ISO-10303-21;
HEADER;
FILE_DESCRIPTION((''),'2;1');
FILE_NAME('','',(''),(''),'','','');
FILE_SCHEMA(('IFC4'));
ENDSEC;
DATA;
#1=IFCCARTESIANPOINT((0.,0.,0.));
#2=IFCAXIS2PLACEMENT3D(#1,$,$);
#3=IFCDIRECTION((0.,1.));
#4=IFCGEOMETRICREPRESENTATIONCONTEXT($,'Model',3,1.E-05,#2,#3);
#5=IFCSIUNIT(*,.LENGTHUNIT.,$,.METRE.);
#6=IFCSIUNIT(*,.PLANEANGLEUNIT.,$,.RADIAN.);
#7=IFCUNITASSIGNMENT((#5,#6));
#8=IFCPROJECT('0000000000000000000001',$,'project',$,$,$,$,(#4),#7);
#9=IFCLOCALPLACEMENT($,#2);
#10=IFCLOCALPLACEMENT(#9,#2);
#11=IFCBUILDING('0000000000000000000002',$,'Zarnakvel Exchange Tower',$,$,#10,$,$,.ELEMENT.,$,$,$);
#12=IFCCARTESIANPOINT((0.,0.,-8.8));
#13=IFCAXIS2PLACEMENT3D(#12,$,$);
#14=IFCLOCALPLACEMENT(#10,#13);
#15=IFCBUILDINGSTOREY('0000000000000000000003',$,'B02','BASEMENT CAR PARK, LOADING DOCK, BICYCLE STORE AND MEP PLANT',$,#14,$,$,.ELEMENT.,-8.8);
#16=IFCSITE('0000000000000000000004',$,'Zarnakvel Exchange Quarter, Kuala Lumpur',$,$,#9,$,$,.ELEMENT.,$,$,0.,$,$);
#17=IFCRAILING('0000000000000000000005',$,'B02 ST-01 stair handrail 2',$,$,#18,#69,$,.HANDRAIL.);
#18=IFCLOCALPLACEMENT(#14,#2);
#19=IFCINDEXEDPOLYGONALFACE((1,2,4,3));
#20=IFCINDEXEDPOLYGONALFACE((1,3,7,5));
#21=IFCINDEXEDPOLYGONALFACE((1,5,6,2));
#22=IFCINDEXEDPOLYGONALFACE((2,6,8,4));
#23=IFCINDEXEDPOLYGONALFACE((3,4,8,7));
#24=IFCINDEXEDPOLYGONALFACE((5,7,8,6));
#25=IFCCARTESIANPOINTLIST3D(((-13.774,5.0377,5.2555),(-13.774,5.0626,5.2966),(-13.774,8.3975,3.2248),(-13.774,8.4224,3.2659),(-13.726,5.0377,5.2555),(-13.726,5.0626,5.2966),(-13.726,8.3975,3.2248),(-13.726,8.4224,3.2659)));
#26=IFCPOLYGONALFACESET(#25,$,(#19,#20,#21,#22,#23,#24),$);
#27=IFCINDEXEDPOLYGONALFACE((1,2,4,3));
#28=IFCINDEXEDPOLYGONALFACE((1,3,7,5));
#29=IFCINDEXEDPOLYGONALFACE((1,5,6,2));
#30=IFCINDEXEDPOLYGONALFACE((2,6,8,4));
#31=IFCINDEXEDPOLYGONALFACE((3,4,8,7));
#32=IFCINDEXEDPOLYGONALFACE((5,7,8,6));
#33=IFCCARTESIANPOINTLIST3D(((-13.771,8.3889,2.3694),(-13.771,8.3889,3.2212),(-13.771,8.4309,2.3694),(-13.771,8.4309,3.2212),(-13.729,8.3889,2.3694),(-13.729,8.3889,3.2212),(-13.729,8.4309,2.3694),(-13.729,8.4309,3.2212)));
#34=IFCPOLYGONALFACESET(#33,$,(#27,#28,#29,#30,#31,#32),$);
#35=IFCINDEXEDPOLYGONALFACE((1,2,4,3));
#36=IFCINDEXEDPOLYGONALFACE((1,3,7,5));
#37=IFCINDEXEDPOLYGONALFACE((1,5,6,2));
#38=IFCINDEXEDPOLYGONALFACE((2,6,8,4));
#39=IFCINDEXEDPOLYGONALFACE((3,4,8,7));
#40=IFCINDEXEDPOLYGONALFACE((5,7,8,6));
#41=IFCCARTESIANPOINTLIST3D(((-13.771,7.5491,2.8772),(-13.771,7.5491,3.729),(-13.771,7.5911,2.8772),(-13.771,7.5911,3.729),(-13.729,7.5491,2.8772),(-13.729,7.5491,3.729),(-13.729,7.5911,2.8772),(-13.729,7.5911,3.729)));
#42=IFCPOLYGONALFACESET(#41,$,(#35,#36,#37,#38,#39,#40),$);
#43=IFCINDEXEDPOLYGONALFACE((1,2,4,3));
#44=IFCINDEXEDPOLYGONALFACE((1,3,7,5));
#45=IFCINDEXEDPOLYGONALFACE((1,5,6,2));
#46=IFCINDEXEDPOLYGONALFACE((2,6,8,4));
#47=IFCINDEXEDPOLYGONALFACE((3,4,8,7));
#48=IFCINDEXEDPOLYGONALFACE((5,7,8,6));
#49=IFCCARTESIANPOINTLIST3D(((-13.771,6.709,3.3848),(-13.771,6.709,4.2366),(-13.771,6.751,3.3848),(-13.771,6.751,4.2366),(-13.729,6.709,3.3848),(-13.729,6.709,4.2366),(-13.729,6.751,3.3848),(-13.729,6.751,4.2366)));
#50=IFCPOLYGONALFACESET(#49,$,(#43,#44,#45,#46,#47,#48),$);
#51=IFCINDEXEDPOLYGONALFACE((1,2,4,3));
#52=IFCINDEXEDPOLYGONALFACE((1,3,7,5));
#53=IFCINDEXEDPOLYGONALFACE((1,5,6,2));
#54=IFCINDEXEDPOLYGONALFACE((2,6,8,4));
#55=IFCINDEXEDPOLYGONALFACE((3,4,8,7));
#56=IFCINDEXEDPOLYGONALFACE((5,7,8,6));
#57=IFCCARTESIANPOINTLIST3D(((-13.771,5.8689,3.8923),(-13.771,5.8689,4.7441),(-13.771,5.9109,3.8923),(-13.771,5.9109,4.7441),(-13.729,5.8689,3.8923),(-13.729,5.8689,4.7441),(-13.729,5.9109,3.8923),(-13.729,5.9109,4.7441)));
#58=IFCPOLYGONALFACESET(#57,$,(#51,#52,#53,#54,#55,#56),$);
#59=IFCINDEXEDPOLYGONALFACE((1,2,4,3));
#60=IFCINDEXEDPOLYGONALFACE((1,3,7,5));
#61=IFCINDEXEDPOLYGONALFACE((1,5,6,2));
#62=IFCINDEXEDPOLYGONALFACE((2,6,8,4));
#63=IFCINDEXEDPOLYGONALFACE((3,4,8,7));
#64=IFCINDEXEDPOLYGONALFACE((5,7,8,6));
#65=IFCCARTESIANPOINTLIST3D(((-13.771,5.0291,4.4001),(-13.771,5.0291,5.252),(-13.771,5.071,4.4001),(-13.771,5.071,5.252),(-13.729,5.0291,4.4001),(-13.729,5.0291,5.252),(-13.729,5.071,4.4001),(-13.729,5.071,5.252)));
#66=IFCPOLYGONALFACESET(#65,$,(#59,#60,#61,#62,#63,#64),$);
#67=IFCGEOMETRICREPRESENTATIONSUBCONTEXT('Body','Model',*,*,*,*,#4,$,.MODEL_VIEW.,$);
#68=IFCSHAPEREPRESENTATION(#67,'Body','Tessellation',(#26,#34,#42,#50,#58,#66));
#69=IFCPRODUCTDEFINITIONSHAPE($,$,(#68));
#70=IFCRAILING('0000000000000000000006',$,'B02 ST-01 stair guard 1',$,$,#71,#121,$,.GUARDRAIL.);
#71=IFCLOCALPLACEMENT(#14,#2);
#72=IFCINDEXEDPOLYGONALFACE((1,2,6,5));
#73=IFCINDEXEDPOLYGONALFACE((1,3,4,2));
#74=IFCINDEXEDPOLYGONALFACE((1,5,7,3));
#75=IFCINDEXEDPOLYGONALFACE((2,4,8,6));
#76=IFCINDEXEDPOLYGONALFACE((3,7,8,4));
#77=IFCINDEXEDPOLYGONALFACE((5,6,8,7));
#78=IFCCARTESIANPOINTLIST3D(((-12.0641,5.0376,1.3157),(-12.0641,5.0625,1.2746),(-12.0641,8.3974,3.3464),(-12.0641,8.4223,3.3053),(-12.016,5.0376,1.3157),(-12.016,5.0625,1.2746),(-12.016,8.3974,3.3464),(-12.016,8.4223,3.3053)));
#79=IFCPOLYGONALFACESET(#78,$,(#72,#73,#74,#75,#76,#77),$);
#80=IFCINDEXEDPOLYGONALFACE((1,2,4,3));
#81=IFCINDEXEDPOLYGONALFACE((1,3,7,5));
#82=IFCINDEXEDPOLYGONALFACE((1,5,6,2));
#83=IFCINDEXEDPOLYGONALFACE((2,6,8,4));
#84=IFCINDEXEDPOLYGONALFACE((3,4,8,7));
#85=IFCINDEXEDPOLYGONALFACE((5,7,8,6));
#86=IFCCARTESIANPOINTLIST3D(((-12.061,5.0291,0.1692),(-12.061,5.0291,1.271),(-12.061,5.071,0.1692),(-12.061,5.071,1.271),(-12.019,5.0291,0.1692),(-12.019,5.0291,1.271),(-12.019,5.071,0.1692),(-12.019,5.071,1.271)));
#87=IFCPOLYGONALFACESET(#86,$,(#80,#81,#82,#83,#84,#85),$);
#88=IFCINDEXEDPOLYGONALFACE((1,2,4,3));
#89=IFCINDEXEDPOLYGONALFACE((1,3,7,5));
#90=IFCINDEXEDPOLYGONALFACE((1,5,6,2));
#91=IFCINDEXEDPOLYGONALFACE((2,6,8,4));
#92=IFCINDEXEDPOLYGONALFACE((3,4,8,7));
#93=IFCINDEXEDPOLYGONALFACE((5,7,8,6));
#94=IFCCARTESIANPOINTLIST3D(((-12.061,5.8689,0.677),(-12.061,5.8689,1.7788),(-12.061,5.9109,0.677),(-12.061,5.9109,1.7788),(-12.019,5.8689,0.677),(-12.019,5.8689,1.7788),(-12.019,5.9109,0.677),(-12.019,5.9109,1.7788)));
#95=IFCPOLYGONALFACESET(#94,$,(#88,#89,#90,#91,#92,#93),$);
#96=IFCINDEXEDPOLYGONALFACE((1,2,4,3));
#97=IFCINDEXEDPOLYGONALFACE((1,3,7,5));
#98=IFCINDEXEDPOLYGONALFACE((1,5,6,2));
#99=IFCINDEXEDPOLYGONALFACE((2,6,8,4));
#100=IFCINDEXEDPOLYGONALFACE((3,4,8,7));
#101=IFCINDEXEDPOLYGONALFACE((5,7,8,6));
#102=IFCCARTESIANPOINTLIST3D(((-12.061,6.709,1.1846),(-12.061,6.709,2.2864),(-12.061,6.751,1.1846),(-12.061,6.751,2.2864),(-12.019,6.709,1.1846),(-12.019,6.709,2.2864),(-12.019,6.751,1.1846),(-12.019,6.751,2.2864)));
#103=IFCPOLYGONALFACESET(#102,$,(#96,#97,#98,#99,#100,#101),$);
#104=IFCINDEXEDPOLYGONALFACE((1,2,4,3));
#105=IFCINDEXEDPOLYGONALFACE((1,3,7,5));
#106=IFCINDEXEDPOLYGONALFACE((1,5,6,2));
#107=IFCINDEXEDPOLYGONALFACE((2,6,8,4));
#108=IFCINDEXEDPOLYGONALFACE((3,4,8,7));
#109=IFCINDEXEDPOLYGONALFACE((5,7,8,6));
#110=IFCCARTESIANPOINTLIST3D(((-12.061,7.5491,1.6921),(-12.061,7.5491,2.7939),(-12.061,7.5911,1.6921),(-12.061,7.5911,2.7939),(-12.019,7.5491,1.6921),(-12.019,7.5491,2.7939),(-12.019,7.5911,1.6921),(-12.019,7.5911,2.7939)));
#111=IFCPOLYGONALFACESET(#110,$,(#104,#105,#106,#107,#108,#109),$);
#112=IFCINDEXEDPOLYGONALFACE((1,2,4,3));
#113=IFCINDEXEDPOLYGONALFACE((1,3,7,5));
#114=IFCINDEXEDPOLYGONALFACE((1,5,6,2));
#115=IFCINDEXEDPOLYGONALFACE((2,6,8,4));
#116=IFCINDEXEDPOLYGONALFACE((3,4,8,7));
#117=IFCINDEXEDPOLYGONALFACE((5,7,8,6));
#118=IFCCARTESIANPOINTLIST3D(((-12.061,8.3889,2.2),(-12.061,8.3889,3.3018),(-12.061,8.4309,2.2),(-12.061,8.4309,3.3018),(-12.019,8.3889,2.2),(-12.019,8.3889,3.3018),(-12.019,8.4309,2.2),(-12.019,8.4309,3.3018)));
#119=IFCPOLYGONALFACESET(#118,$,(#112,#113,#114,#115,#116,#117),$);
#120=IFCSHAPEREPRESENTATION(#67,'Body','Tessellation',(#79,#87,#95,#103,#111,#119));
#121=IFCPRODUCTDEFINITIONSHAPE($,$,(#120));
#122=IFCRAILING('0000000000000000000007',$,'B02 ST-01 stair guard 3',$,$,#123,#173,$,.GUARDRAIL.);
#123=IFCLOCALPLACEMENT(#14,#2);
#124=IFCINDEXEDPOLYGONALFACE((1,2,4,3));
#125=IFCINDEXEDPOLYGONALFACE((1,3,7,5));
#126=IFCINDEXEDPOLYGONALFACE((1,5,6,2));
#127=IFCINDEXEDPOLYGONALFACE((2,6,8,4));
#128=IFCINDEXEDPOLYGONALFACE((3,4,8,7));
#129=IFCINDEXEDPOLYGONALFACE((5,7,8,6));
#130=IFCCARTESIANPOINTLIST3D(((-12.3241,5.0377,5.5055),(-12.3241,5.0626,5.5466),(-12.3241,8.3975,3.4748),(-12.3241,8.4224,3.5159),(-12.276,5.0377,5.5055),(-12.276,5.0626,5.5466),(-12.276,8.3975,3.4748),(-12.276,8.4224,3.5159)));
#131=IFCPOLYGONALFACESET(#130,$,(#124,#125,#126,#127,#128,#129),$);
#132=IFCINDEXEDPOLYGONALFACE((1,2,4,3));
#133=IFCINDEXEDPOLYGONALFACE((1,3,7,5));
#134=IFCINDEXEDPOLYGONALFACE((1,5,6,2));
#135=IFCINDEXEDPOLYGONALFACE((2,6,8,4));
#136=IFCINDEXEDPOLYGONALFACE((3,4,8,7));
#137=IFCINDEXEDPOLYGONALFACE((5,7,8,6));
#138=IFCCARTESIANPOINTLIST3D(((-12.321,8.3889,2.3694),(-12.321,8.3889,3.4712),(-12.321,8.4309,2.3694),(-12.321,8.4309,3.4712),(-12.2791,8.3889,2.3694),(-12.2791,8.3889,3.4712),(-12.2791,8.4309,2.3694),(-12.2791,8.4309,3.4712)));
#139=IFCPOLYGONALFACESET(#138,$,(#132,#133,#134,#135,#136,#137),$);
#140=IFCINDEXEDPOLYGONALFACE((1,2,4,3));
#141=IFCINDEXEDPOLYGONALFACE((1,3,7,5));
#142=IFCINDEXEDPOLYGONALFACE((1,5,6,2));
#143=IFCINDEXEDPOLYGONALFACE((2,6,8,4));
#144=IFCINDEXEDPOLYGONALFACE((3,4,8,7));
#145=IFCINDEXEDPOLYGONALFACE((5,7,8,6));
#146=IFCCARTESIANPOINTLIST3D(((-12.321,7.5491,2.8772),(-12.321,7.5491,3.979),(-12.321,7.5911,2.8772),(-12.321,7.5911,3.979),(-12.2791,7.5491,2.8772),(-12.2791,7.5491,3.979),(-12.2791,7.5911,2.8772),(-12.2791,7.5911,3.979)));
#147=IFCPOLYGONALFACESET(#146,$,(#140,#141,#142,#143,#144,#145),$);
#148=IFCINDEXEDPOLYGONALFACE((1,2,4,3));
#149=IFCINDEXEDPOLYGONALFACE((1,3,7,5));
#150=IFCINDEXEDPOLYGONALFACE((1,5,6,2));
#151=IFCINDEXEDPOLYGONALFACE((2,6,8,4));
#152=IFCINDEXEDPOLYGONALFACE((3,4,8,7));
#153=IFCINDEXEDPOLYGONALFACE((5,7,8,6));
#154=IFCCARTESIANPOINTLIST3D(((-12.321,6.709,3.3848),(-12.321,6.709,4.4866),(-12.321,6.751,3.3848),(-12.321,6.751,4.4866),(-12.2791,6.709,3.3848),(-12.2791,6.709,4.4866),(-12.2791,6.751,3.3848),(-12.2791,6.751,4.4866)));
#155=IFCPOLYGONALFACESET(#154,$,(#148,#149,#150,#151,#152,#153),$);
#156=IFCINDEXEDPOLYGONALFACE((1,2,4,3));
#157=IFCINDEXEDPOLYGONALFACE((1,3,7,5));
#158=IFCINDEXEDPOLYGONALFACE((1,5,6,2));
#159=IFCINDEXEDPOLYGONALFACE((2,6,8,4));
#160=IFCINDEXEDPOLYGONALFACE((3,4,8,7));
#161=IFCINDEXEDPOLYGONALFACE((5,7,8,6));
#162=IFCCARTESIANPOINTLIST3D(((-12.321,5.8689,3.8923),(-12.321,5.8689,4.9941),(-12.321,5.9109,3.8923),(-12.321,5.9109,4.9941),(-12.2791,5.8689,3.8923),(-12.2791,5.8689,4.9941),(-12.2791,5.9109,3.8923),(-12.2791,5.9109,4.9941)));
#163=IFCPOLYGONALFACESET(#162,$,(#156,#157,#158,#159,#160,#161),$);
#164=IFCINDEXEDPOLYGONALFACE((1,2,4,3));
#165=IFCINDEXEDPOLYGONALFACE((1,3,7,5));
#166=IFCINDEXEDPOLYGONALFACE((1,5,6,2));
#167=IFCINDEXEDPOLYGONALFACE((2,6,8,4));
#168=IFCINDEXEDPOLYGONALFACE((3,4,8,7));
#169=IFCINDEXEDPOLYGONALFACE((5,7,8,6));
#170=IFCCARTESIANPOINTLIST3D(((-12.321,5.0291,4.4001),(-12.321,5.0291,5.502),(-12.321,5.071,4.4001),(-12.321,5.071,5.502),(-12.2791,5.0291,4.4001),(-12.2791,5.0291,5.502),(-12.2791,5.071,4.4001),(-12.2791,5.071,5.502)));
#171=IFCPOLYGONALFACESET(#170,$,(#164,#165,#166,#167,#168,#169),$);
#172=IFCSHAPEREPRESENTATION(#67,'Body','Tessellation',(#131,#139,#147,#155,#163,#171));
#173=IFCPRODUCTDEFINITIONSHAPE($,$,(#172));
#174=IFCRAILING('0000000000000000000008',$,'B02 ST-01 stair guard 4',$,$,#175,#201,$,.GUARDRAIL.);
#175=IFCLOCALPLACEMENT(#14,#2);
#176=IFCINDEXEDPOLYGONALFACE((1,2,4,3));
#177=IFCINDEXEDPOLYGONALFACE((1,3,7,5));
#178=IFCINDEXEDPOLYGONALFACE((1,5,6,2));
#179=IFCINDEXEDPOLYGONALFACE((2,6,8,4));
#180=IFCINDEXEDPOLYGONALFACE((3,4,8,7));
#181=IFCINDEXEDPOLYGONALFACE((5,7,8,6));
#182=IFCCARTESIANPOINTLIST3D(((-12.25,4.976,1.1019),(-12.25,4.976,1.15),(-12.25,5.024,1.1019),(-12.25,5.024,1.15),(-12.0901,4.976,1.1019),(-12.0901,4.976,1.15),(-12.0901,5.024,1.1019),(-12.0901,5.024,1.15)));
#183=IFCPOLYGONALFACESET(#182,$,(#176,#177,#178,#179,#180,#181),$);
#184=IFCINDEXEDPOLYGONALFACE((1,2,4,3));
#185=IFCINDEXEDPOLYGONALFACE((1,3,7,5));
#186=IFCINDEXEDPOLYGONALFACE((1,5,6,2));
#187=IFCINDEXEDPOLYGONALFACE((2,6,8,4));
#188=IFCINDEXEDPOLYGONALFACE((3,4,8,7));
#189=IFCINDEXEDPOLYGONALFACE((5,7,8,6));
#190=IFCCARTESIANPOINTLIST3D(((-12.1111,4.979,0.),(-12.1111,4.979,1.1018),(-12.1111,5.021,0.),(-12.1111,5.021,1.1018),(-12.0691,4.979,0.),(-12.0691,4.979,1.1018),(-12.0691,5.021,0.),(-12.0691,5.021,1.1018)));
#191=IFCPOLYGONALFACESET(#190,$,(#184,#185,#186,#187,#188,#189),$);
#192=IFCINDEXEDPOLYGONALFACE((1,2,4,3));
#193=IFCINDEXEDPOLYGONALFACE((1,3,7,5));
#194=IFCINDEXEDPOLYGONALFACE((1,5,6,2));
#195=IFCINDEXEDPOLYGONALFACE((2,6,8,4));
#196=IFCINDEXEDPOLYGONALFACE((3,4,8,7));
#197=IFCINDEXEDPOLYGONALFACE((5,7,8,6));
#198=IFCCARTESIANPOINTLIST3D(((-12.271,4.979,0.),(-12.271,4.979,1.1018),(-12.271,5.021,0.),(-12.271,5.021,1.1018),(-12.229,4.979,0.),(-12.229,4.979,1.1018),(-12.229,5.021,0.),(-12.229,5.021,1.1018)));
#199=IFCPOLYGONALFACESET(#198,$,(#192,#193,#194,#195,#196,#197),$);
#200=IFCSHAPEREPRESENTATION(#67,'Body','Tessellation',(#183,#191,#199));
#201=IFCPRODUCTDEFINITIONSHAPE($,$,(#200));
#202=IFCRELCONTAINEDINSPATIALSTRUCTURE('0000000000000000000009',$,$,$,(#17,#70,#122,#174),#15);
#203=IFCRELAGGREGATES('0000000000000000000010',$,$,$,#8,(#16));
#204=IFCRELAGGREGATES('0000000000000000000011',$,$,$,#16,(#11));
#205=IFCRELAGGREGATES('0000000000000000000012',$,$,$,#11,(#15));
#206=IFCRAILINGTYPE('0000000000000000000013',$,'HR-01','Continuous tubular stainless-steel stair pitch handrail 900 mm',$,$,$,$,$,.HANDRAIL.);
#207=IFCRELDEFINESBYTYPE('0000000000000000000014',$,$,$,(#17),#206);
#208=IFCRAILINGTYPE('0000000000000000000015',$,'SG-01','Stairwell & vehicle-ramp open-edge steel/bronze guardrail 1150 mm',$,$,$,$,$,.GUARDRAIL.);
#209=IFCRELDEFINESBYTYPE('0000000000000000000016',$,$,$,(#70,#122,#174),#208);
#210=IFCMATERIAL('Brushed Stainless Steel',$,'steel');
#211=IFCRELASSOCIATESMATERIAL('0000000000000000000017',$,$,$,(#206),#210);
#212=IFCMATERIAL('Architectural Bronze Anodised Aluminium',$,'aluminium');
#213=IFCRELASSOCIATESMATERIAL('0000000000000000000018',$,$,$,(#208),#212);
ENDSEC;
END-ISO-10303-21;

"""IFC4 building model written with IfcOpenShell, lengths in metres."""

from ifc_helpers import new_model, si_unit, direction, frame, origin, origin_2d, place, context, subcontext, project, spatial, rectangle, extrude, material, type_object, element, save


model = new_model("IFC4")

# Units and contexts
model_context = context("Model", 3, precision=1e-05, world=origin(), true_north=direction((0.0, 1.0)))
body_context = subcontext(model_context, "Body", "Model", "MODEL_VIEW")
ifc_project = project(units=[si_unit("LENGTHUNIT", "METRE"), si_unit("PLANEANGLEUNIT", "RADIAN")], contexts=[model_context])

# Site, building, storey
site_placement = place(None, origin())
site = spatial("IfcSite", under=ifc_project, at=site_placement, Name="Zarnakvel Exchange Quarter, Kuala Lumpur", CompositionType="ELEMENT", RefElevation=0.0)
building_placement = place(site_placement, origin())
building = spatial("IfcBuilding", under=site, at=building_placement, Name="Zarnakvel Exchange Tower", CompositionType="ELEMENT")
storey_placement = place(building_placement, frame((0.0, 0.0, -8.8)))
storey = spatial("IfcBuildingStorey", under=building, at=storey_placement, Name="B02", Description="BASEMENT CAR PARK, LOADING DOCK, BICYCLE STORE AND MEP PLANT", CompositionType="ELEMENT", Elevation=-8.8)

# Shared definitions
ifc_material_1 = material(Name="Brushed Stainless Steel", Category="steel")

# Railings
railing_type_1 = type_object("IfcRailingType", Name="HR-01", Description="Continuous tubular stainless-steel stair pitch handrail 900 mm", PredefinedType="HANDRAIL", material=ifc_material_1)
railing_1_placement = place(storey_placement, frame((-13.75, 8.4099, 2.3694)))
element("IfcRailing", 1, at=railing_1_placement, inside=storey, type_object=railing_type_1, Name="B02 ST-01 stair handrail 2", PredefinedType="HANDRAIL", context=body_context, shape_type="SweptSolid", body=[
    extrude(rectangle(XDim=0.0481, YDim=0.0481, at=origin_2d()), frame((0.0, 0.0, 0.876), z_axis=(0.0, -0.85582, 0.517273), x_axis=(1.0, 0.0, 0.0)), (0.0, 0.0, 1.0), 3.9258),
    extrude(rectangle(XDim=0.042, YDim=0.042, at=origin_2d()), origin(), (0.0, 0.0, 1.0), 0.8518),
    extrude(rectangle(XDim=0.042, YDim=0.042, at=origin_2d()), frame((0.0, -0.8398, 0.5078)), (0.0, 0.0, 1.0), 0.8518),
    extrude(rectangle(XDim=0.042, YDim=0.042, at=origin_2d()), frame((0.0, -1.6799, 1.0154)), (0.0, 0.0, 1.0), 0.8518),
    extrude(rectangle(XDim=0.042, YDim=0.042, at=origin_2d()), frame((0.0, -2.52, 1.5229)), (0.0, 0.0, 1.0), 0.8518),
    extrude(rectangle(XDim=0.042, YDim=0.042, at=origin_2d()), frame((0.0, -3.3599, 2.0308)), (0.0, 0.0, 1.0), 0.8518),
])
ifc_material_2 = material(Name="Architectural Bronze Anodised Aluminium", Category="aluminium")
railing_type_2 = type_object("IfcRailingType", Name="SG-01", Description="Stairwell & vehicle-ramp open-edge steel/bronze guardrail 1150 mm", PredefinedType="GUARDRAIL", material=ifc_material_2)
railing_2_placement = place(storey_placement, frame((-12.04, 5.05, 0.1692)))
element("IfcRailing", 2, at=railing_2_placement, inside=storey, type_object=railing_type_2, Name="B02 ST-01 stair guard 1", PredefinedType="GUARDRAIL", context=body_context, shape_type="SweptSolid", body=[
    extrude(rectangle(XDim=0.0481, YDim=0.0481, at=origin_2d()), frame((0.0, 0.0, 1.126), z_axis=(0.0, 0.85582, 0.517273), x_axis=(-1.0, 0.0, 0.0)), (0.0, 0.0, 1.0), 3.9258),
    extrude(rectangle(XDim=0.042, YDim=0.042, at=origin_2d()), origin(), (0.0, 0.0, 1.0), 1.1018),
    extrude(rectangle(XDim=0.042, YDim=0.042, at=origin_2d()), frame((0.0, 0.8398, 0.5078)), (0.0, 0.0, 1.0), 1.1018),
    extrude(rectangle(XDim=0.042, YDim=0.042, at=origin_2d()), frame((0.0, 1.6799, 1.0154)), (0.0, 0.0, 1.0), 1.1018),
    extrude(rectangle(XDim=0.042, YDim=0.042, at=origin_2d()), frame((0.0, 2.52, 1.5229)), (0.0, 0.0, 1.0), 1.1018),
    extrude(rectangle(XDim=0.042, YDim=0.042, at=origin_2d()), frame((0.0, 3.3599, 2.0308)), (0.0, 0.0, 1.0), 1.1018),
])
railing_3_placement = place(storey_placement, frame((-12.3, 8.4099, 2.3694)))
element("IfcRailing", 3, at=railing_3_placement, inside=storey, type_object=railing_type_2, Name="B02 ST-01 stair guard 3", PredefinedType="GUARDRAIL", context=body_context, shape_type="SweptSolid", body=[
    extrude(rectangle(XDim=0.0481, YDim=0.0481, at=origin_2d()), frame((0.0, 0.0, 1.126), z_axis=(0.0, -0.85582, 0.517273), x_axis=(1.0, 0.0, 0.0)), (0.0, 0.0, 1.0), 3.9258),
    extrude(rectangle(XDim=0.042, YDim=0.042, at=origin_2d()), origin(), (0.0, 0.0, 1.0), 1.1018),
    extrude(rectangle(XDim=0.042, YDim=0.042, at=origin_2d()), frame((0.0, -0.8398, 0.5078)), (0.0, 0.0, 1.0), 1.1018),
    extrude(rectangle(XDim=0.042, YDim=0.042, at=origin_2d()), frame((0.0, -1.6799, 1.0154)), (0.0, 0.0, 1.0), 1.1018),
    extrude(rectangle(XDim=0.042, YDim=0.042, at=origin_2d()), frame((0.0, -2.52, 1.5229)), (0.0, 0.0, 1.0), 1.1018),
    extrude(rectangle(XDim=0.042, YDim=0.042, at=origin_2d()), frame((0.0, -3.3599, 2.0308)), (0.0, 0.0, 1.0), 1.1018),
])
railing_4_placement = place(storey_placement, frame((-12.0901, 5.0, 0.0)))
element("IfcRailing", 4, at=railing_4_placement, inside=storey, type_object=railing_type_2, Name="B02 ST-01 stair guard 4", PredefinedType="GUARDRAIL", context=body_context, shape_type="SweptSolid", body=[
    extrude(rectangle(XDim=0.0481, YDim=0.0481, at=origin_2d()), frame((0.0, 0.0, 1.126), z_axis=(-1.0, 0.0, 0.0), x_axis=(0.0, -1.0, 0.0)), (0.0, 0.0, 1.0), 0.1599),
    extrude(rectangle(XDim=0.042, YDim=0.042, at=origin_2d()), origin(), (0.0, 0.0, 1.0), 1.1018),
    extrude(rectangle(XDim=0.042, YDim=0.042, at=origin_2d()), frame((-0.1599, 0.0, 0.0)), (0.0, 0.0, 1.0), 1.1018),
])

save(model, "model.ifc")
